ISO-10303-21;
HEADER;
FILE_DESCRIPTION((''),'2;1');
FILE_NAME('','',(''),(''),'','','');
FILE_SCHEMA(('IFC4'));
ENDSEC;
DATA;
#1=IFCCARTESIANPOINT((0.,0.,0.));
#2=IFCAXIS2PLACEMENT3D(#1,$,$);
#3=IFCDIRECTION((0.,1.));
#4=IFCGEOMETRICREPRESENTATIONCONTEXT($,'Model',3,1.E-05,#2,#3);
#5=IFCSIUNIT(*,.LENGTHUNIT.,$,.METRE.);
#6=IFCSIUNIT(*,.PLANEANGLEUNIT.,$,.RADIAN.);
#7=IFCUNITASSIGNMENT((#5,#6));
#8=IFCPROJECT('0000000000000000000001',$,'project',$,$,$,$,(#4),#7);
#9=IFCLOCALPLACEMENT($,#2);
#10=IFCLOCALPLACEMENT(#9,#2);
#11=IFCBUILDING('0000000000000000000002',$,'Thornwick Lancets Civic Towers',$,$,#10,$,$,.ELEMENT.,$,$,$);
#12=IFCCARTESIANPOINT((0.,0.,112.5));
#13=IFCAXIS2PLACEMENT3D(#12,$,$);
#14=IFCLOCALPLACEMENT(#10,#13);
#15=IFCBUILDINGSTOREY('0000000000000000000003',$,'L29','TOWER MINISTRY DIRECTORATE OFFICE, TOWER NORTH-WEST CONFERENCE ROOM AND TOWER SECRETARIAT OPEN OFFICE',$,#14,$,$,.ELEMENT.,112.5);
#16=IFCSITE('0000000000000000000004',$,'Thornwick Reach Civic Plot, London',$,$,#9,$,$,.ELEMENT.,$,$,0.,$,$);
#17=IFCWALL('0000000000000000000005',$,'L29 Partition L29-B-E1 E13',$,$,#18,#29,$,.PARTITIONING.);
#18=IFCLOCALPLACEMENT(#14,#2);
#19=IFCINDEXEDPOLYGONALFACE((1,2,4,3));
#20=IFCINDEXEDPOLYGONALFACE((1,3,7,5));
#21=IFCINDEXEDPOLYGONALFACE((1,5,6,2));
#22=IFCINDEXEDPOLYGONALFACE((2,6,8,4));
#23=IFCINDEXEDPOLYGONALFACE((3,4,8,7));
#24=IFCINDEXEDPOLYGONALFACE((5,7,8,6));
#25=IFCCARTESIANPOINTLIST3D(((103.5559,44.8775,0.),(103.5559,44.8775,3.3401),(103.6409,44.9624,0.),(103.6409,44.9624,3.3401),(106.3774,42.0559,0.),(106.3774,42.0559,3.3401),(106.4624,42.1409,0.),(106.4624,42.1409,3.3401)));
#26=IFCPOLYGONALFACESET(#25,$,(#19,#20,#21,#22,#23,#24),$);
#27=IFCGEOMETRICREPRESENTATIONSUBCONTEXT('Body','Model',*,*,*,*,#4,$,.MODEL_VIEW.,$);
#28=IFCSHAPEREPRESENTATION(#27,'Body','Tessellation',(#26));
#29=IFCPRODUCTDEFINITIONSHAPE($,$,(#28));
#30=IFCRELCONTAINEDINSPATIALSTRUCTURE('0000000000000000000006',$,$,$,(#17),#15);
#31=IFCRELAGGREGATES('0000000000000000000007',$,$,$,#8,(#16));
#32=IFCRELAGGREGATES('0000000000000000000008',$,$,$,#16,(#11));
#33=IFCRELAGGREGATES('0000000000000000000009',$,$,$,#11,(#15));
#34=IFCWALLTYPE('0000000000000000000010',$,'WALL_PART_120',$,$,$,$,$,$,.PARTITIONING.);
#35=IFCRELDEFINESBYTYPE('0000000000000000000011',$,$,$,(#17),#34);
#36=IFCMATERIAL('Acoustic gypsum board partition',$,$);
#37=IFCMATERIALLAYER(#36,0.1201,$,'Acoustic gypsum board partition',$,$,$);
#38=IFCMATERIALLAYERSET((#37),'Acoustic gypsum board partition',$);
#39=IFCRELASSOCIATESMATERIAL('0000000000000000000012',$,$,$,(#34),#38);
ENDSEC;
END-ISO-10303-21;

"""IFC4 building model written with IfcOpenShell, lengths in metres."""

from ifc_helpers import new_model, si_unit, direction, frame, frame_2d, origin, place, context, subcontext, project, spatial, rectangle, extrude, material, layer, layer_set, type_object, element, save


model = new_model("IFC4")

# Units and contexts
model_context = context("Model", 3, precision=1e-05, world=origin(), true_north=direction((0.0, 1.0)))
body_context = subcontext(model_context, "Body", "Model", "MODEL_VIEW")
ifc_project = project(units=[si_unit("LENGTHUNIT", "METRE"), si_unit("PLANEANGLEUNIT", "RADIAN")], contexts=[model_context])

# Site, building, storey
site_placement = place(None, origin())
site = spatial("IfcSite", under=ifc_project, at=site_placement, Name="Thornwick Reach Civic Plot, London", CompositionType="ELEMENT", RefElevation=0.0)
building_placement = place(site_placement, origin())
building = spatial("IfcBuilding", under=site, at=building_placement, Name="Thornwick Lancets Civic Towers", CompositionType="ELEMENT")
storey_placement = place(building_placement, frame((0.0, 0.0, 112.5)))
storey = spatial("IfcBuildingStorey", under=building, at=storey_placement, Name="L29", Description="TOWER MINISTRY DIRECTORATE OFFICE, TOWER NORTH-WEST CONFERENCE ROOM AND TOWER SECRETARIAT OPEN OFFICE", CompositionType="ELEMENT", Elevation=112.5)

# Wall
ifc_material_1 = material(Name="Acoustic gypsum board partition")
ifc_layer_1 = layer(ifc_material_1, 0.1201, Name="Acoustic gypsum board partition")
ifc_layer_set_1 = layer_set([ifc_layer_1], Name="Acoustic gypsum board partition")
wall_type_1 = type_object("IfcWallType", Name="WALL_PART_120", PredefinedType="PARTITIONING", material=ifc_layer_set_1)
wall_1_placement = place(storey_placement, frame((103.5984, 44.9199, 0.0), z_axis=(0.0, 0.0, 1.0), x_axis=(0.707107, -0.707107, 0.0)))
element("IfcWall", 1, at=wall_1_placement, inside=storey, type_object=wall_type_1, Name="L29 Partition L29-B-E1 E13", PredefinedType="PARTITIONING", context=body_context, shape_type="SweptSolid", body=[
    extrude(rectangle(XDim=3.9902, YDim=0.1201, at=frame_2d((1.9951, 0.0))), origin(), (0.0, 0.0, 1.0), 3.3401),
])

save(model, "model.ifc")
